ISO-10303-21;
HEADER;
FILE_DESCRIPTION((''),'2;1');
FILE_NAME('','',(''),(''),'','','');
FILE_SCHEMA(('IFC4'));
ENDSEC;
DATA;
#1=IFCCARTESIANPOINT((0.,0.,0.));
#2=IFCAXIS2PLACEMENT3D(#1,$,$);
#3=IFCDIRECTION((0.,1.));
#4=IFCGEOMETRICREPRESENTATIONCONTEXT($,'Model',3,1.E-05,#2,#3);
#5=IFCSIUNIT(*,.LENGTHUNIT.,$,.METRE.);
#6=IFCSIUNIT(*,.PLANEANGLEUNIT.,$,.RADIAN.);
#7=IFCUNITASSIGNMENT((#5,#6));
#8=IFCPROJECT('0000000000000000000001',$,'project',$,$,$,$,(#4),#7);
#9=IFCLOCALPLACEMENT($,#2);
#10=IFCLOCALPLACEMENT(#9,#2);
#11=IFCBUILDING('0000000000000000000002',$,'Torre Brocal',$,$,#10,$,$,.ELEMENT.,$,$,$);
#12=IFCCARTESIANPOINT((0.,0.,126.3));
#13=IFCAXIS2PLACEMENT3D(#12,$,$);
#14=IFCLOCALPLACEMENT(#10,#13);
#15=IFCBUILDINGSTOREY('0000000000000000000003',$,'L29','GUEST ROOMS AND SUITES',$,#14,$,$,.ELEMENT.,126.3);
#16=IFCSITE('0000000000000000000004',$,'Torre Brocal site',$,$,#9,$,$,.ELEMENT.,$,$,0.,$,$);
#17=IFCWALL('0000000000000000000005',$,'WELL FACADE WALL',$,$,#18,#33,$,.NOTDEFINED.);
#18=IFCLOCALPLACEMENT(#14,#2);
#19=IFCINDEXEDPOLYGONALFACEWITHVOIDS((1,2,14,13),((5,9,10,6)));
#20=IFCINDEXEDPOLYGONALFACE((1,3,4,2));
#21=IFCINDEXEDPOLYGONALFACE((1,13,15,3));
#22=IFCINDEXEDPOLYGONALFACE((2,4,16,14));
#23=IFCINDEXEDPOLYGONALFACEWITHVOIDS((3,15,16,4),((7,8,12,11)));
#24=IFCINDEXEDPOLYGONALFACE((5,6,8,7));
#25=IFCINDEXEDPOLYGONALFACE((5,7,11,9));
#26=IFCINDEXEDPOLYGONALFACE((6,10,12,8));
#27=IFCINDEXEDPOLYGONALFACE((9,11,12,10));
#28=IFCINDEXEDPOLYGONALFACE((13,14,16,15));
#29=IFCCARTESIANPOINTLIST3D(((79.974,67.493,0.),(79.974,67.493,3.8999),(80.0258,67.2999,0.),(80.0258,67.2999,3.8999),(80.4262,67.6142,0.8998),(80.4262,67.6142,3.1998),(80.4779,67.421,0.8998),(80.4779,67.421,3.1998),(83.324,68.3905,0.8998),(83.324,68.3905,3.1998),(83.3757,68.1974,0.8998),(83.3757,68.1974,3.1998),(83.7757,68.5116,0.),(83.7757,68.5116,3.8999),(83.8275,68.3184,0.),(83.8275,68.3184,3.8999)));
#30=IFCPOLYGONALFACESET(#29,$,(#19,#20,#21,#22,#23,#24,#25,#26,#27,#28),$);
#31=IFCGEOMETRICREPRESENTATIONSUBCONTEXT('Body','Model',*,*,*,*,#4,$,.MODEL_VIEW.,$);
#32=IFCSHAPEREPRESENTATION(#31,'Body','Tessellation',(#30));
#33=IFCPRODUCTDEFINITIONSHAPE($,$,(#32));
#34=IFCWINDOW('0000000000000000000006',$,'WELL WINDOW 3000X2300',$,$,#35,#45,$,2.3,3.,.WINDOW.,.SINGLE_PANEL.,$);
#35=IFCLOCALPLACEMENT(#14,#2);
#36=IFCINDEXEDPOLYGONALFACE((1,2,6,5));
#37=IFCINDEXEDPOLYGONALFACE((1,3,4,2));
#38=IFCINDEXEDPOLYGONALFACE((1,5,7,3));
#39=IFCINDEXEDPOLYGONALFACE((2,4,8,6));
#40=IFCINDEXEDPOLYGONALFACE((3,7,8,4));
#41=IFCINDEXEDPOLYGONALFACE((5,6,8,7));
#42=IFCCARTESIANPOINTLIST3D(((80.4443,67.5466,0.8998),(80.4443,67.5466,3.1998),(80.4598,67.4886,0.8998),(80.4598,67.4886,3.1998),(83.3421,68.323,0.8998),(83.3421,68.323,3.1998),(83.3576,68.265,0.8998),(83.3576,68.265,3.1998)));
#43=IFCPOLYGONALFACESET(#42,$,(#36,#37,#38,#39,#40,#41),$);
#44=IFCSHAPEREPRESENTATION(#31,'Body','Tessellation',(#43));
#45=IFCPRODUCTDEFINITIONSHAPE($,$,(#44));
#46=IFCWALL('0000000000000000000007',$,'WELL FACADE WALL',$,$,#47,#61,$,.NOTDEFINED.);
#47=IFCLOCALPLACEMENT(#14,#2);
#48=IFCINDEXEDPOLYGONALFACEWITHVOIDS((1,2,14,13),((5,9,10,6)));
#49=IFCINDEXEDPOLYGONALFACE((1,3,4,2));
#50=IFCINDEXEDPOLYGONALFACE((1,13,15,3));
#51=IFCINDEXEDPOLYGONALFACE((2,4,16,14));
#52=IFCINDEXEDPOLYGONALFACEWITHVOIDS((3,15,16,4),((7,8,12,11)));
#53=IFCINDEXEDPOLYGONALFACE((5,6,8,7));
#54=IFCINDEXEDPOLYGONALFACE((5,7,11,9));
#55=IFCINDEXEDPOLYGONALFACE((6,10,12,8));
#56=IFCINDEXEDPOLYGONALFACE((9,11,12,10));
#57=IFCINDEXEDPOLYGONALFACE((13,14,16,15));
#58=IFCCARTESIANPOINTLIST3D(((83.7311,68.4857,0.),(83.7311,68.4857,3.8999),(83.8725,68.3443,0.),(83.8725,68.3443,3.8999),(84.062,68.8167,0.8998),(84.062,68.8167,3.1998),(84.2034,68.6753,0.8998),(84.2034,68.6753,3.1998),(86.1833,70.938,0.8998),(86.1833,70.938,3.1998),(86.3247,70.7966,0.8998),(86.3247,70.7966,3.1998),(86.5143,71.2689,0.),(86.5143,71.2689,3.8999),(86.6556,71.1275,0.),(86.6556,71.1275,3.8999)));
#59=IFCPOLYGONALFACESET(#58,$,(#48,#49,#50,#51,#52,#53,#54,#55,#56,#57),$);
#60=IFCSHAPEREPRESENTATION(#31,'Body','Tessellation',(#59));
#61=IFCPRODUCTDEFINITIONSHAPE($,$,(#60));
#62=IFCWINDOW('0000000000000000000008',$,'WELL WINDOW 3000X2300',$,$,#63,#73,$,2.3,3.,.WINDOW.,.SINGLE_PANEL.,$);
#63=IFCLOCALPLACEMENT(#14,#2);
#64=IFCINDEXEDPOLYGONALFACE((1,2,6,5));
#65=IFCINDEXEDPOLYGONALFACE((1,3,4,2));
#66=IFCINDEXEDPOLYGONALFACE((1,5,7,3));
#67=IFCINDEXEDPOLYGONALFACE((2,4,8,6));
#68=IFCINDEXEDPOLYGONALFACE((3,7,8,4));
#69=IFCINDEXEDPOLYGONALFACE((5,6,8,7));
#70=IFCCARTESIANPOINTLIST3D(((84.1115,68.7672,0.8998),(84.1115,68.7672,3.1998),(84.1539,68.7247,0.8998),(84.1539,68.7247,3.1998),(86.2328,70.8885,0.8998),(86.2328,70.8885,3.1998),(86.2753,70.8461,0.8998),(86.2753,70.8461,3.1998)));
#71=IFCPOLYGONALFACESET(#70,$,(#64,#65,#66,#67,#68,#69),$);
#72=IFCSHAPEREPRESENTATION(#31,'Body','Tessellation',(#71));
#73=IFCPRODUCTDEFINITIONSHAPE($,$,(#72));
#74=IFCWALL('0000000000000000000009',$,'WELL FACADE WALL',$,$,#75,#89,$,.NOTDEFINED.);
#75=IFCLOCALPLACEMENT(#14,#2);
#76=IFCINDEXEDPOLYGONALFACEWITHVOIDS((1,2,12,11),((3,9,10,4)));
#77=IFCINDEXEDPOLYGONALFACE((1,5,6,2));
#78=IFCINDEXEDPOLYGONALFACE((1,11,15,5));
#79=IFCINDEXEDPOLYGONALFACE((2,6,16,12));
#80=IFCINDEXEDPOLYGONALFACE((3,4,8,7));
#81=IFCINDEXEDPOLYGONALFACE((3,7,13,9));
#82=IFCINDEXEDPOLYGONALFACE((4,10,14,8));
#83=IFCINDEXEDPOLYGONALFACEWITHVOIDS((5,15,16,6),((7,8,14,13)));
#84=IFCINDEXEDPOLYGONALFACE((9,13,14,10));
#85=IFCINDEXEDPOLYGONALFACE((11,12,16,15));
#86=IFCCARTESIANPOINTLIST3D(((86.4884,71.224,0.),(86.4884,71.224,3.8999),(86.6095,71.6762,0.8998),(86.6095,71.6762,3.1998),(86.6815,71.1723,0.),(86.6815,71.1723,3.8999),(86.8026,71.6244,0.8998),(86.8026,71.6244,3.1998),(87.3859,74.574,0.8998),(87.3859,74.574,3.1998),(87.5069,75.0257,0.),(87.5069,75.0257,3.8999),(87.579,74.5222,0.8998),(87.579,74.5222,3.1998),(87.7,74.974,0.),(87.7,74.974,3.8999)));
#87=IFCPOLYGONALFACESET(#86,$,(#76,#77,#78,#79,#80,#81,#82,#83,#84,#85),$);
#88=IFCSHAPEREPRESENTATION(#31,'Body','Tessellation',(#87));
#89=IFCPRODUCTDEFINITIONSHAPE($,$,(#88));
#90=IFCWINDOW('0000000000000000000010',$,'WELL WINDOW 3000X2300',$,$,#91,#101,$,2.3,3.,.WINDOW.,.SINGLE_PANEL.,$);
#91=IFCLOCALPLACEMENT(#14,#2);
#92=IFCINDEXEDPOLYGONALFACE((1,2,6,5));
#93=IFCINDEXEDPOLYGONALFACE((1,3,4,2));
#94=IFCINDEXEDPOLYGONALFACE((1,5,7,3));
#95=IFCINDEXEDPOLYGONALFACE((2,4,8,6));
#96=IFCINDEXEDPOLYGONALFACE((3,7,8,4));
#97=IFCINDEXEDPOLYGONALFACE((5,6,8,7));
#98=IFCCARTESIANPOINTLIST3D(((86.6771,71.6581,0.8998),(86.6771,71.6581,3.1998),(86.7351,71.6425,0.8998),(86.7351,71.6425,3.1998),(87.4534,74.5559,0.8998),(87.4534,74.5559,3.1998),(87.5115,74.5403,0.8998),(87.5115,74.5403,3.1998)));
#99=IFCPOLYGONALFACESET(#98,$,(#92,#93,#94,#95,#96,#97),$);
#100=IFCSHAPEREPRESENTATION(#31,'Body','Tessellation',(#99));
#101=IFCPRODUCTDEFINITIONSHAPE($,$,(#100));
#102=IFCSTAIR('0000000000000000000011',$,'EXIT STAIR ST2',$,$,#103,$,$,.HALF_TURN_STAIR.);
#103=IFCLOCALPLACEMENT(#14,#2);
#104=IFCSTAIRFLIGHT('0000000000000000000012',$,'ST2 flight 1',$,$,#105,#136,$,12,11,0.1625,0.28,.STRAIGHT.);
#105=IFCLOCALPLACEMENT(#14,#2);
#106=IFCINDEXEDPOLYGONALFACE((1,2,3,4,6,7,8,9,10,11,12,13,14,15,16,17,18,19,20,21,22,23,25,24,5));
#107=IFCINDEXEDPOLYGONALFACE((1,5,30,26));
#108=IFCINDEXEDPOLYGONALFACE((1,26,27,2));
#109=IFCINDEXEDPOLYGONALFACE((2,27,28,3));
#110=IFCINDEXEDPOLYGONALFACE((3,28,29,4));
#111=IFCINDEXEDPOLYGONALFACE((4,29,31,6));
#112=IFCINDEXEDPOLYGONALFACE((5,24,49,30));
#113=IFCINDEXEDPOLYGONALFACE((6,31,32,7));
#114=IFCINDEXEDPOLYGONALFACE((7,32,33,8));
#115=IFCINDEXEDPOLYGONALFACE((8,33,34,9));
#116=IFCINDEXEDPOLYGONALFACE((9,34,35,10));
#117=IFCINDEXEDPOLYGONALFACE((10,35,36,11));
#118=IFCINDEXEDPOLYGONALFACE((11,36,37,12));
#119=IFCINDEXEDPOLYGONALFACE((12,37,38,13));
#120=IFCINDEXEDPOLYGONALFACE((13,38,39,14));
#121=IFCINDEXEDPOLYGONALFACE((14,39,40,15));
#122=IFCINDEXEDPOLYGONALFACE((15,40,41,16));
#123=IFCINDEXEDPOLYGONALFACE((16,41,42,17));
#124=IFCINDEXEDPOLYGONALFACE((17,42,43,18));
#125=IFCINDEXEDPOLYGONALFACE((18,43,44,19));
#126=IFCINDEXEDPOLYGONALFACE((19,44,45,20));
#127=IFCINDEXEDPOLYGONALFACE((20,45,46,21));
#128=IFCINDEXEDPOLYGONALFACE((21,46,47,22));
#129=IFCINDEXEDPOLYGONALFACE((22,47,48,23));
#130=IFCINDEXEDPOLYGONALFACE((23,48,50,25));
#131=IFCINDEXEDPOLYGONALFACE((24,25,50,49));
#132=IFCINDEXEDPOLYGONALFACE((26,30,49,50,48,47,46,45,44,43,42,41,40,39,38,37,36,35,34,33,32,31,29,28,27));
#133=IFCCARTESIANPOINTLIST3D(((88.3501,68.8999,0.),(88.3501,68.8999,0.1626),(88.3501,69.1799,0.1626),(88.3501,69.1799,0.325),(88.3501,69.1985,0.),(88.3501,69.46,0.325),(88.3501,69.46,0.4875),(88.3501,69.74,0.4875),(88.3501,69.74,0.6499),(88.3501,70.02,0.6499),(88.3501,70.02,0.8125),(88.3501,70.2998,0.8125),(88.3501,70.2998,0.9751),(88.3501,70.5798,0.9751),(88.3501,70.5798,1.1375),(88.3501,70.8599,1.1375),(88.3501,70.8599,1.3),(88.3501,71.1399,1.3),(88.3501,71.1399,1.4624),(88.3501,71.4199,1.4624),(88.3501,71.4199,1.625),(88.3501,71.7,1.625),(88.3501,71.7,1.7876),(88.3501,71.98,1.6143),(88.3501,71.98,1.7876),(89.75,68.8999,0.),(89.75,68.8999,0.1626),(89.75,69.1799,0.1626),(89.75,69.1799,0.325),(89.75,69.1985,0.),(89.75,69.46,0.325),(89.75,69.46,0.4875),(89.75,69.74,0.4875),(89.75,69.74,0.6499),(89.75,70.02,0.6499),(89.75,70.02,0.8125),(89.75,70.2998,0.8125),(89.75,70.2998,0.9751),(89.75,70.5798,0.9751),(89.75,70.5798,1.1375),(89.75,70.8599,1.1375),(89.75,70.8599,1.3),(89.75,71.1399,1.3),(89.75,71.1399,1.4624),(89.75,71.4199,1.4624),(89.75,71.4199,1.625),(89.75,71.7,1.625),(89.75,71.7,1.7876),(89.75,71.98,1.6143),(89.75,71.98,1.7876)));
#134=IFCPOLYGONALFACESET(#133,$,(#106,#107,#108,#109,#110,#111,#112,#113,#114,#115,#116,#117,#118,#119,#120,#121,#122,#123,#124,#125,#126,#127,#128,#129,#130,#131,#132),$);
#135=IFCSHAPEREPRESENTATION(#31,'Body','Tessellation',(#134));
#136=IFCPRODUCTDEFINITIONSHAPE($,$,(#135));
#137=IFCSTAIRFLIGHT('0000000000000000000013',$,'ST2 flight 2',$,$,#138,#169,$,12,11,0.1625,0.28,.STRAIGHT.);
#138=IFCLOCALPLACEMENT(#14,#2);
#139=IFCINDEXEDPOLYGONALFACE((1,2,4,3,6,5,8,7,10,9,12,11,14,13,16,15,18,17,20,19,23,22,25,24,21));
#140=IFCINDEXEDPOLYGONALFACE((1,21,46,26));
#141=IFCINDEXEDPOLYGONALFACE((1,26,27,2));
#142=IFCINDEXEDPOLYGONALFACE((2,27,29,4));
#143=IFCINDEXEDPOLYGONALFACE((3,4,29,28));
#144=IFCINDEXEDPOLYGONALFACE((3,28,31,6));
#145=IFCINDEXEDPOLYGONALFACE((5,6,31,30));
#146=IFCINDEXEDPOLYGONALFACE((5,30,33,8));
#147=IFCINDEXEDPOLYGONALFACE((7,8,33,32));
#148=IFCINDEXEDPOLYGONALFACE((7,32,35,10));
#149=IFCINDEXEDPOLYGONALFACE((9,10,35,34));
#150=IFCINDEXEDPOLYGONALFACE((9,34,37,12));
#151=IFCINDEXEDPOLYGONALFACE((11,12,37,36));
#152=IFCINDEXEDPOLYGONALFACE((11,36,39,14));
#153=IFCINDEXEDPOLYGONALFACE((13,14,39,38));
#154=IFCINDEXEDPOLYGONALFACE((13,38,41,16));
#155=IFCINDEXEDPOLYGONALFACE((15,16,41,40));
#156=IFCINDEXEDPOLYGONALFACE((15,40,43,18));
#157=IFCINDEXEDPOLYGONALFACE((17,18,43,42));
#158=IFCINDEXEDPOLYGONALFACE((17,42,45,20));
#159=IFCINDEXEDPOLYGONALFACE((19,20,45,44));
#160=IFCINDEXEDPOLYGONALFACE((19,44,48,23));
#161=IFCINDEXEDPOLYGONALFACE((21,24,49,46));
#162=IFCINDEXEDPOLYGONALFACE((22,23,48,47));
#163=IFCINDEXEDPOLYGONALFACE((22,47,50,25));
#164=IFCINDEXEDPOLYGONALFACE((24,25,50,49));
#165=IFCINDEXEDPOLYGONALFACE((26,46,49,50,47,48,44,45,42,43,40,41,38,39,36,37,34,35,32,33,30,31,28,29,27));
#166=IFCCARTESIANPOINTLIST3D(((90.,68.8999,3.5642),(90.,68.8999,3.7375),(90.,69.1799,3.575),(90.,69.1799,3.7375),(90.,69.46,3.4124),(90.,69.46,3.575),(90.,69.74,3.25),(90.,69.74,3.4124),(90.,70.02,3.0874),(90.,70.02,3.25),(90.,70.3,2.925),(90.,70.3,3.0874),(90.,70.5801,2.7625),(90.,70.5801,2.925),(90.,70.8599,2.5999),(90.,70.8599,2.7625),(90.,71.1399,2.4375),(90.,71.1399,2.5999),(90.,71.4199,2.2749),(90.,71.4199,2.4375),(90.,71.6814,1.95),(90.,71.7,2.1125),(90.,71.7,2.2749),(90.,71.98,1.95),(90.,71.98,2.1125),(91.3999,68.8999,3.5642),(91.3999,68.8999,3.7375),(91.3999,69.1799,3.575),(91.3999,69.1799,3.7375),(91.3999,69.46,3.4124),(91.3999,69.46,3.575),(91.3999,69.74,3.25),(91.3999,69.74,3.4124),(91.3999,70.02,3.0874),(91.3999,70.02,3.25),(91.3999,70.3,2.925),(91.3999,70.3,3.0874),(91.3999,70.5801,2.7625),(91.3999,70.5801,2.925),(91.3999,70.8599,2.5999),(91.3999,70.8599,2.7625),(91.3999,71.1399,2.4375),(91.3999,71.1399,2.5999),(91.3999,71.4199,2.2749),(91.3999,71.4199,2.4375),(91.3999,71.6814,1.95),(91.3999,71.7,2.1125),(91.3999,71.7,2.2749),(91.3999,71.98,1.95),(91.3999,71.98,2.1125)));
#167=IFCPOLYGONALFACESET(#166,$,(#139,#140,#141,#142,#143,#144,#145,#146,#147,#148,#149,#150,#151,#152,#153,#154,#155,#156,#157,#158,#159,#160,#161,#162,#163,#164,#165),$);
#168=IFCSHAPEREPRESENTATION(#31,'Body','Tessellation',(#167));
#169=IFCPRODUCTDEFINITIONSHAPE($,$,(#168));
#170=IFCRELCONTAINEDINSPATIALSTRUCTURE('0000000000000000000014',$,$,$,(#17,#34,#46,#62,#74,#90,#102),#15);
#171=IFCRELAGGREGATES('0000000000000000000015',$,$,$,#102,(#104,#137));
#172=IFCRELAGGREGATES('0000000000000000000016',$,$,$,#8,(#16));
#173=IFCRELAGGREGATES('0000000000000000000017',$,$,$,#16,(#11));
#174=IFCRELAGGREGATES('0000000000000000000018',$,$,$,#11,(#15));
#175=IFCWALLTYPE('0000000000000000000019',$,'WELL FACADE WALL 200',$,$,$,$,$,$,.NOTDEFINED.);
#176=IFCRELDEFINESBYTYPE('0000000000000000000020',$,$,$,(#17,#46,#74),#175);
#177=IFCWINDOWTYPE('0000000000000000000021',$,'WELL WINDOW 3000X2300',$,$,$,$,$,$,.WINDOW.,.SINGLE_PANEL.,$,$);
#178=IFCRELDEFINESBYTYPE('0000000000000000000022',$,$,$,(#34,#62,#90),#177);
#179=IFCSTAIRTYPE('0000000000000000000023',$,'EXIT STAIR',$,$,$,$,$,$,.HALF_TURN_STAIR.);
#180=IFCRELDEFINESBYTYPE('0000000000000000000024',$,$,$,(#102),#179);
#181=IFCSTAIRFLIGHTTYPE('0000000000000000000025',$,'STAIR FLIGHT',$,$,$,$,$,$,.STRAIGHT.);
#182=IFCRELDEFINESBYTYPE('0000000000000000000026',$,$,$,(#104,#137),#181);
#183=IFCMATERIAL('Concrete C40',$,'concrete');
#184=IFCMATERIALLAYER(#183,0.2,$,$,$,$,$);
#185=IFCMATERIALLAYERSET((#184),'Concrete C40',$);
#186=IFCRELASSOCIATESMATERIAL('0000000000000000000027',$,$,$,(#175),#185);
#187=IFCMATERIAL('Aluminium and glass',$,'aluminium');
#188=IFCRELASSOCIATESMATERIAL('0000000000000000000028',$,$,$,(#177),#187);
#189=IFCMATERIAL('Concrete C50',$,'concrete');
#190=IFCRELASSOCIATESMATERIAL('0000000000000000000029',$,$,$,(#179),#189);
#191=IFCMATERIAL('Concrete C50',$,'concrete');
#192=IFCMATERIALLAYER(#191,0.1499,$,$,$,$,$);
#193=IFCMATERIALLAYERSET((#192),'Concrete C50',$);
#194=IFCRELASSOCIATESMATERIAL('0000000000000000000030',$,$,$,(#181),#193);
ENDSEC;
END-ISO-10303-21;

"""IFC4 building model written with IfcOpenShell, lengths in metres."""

from ifc_helpers import new_model, si_unit, direction, frame, frame_2d, origin, place, context, subcontext, project, spatial, polyline, rectangle, outline, extrude, material, layer, layer_set, type_object, element, fill, aggregate, save


model = new_model("IFC4")

# Units and contexts
model_context = context("Model", 3, precision=1e-05, world=origin(), true_north=direction((0.0, 1.0)))
body_context = subcontext(model_context, "Body", "Model", "MODEL_VIEW")
ifc_project = project(units=[si_unit("LENGTHUNIT", "METRE"), si_unit("PLANEANGLEUNIT", "RADIAN")], contexts=[model_context])

# Site, building, storey
site_placement = place(None, origin())
site = spatial("IfcSite", under=ifc_project, at=site_placement, Name="Torre Brocal site", CompositionType="ELEMENT", RefElevation=0.0)
building_placement = place(site_placement, origin())
building = spatial("IfcBuilding", under=site, at=building_placement, Name="Torre Brocal", CompositionType="ELEMENT")
storey_placement = place(building_placement, frame((0.0, 0.0, 126.3)))
storey = spatial("IfcBuildingStorey", under=building, at=storey_placement, Name="L29", Description="GUEST ROOMS AND SUITES", CompositionType="ELEMENT", Elevation=126.3)

# Walls, openings, windows
ifc_material_1 = material(Name="Concrete C40", Category="concrete")
ifc_layer_1 = layer(ifc_material_1, 0.2)
ifc_layer_set_1 = layer_set([ifc_layer_1], Name="Concrete C40")
wall_type_1 = type_object("IfcWallType", Name="WELL FACADE WALL 200", PredefinedType="NOTDEFINED", material=ifc_layer_set_1)
ifc_material_2 = material(Name="Aluminium and glass", Category="aluminium")
window_type = type_object("IfcWindowType", Name="WELL WINDOW 3000X2300", PartitioningType="SINGLE_PANEL", PredefinedType="WINDOW", material=ifc_material_2)
wall_1_placement = place(storey_placement, frame((80.0, 67.3965, 0.0), z_axis=(0.0, 0.0, 1.0), x_axis=(0.965934, 0.25879, 0.0)))
wall_1 = element("IfcWall", 1, at=wall_1_placement, inside=storey, type_object=wall_type_1, Name="WELL FACADE WALL", PredefinedType="NOTDEFINED", context=body_context, shape_type="SweptSolid", body=[
    extrude(rectangle(XDim=3.9358, YDim=0.2, at=frame_2d((1.9678, 0.0))), origin(), (0.0, 0.0, 1.0), 3.8999),
])
opening_1_placement = place(wall_1_placement, frame((0.468, 0.0, 0.8999)))
opening_1 = element("IfcOpeningElement", 2, at=opening_1_placement, cuts=wall_1, PredefinedType="OPENING", context=body_context, shape_type="SweptSolid", body=[
    extrude(rectangle(XDim=3.0, YDim=2.3, at=frame_2d((1.5, 1.1499))), frame((0.0, 0.1099, 0.0), z_axis=(0.0, -1.0, 0.0), x_axis=(1.0, 0.0, 0.0)), (0.0, 0.0, 1.0), 0.22),
])
window_1_placement = place(opening_1_placement, origin())
window_1 = element("IfcWindow", 3, at=window_1_placement, inside=storey, type_object=window_type, Name="WELL WINDOW 3000X2300", OverallHeight=2.3, OverallWidth=3.0, PartitioningType="SINGLE_PANEL", PredefinedType="WINDOW", context=body_context, shape_type="SweptSolid", body=[
    extrude(rectangle(XDim=3.0, YDim=2.3, at=frame_2d((1.5, 1.1499))), frame((0.0, 0.03, 0.0), z_axis=(0.0, -1.0, 0.0), x_axis=(1.0, 0.0, 0.0)), (0.0, 0.0, 1.0), 0.0601),
])
fill(opening_1, window_1)
wall_2_placement = place(storey_placement, frame((83.8018, 68.415, 0.0), z_axis=(0.0, 0.0, 1.0), x_axis=(0.707107, 0.707107, 0.0)))
wall_2 = element("IfcWall", 4, at=wall_2_placement, inside=storey, type_object=wall_type_1, Name="WELL FACADE WALL", PredefinedType="NOTDEFINED", context=body_context, shape_type="SweptSolid", body=[
    extrude(rectangle(XDim=3.936, YDim=0.2, at=frame_2d((1.968, 0.0))), origin(), (0.0, 0.0, 1.0), 3.8999),
])
opening_2_placement = place(wall_2_placement, frame((0.468, 0.0, 0.8999)))
opening_2 = element("IfcOpeningElement", 5, at=opening_2_placement, cuts=wall_2, PredefinedType="OPENING", context=body_context, shape_type="SweptSolid", body=[
    extrude(rectangle(XDim=3.0, YDim=2.3, at=frame_2d((1.5, 1.1499))), frame((0.0, 0.1099, 0.0), z_axis=(0.0, -1.0, 0.0), x_axis=(1.0, 0.0, 0.0)), (0.0, 0.0, 1.0), 0.22),
])
window_2_placement = place(opening_2_placement, origin())
window_2 = element("IfcWindow", 6, at=window_2_placement, inside=storey, type_object=window_type, Name="WELL WINDOW 3000X2300", OverallHeight=2.3, OverallWidth=3.0, PartitioningType="SINGLE_PANEL", PredefinedType="WINDOW", context=body_context, shape_type="SweptSolid", body=[
    extrude(rectangle(XDim=3.0, YDim=2.3, at=frame_2d((1.5, 1.1499))), frame((0.0, 0.03, 0.0), z_axis=(0.0, -1.0, 0.0), x_axis=(1.0, 0.0, 0.0)), (0.0, 0.0, 1.0), 0.0601),
])
fill(opening_2, window_2)
wall_3_placement = place(storey_placement, frame((86.585, 71.1982, 0.0), z_axis=(0.0, 0.0, 1.0), x_axis=(0.25879, 0.965934, 0.0)))
wall_3 = element("IfcWall", 7, at=wall_3_placement, inside=storey, type_object=wall_type_1, Name="WELL FACADE WALL", PredefinedType="NOTDEFINED", context=body_context, shape_type="SweptSolid", body=[
    extrude(rectangle(XDim=3.9358, YDim=0.2, at=frame_2d((1.9678, 0.0))), origin(), (0.0, 0.0, 1.0), 3.8999),
])
opening_3_placement = place(wall_3_placement, frame((0.468, 0.0, 0.8999)))
opening_3 = element("IfcOpeningElement", 8, at=opening_3_placement, cuts=wall_3, PredefinedType="OPENING", context=body_context, shape_type="SweptSolid", body=[
    extrude(rectangle(XDim=3.0, YDim=2.3, at=frame_2d((1.5, 1.1499))), frame((0.0, 0.1099, 0.0), z_axis=(0.0, -1.0, 0.0), x_axis=(1.0, 0.0, 0.0)), (0.0, 0.0, 1.0), 0.22),
])
window_3_placement = place(opening_3_placement, origin())
window_3 = element("IfcWindow", 9, at=window_3_placement, inside=storey, type_object=window_type, Name="WELL WINDOW 3000X2300", OverallHeight=2.3, OverallWidth=3.0, PartitioningType="SINGLE_PANEL", PredefinedType="WINDOW", context=body_context, shape_type="SweptSolid", body=[
    extrude(rectangle(XDim=3.0, YDim=2.3, at=frame_2d((1.5, 1.1499))), frame((0.0, 0.03, 0.0), z_axis=(0.0, -1.0, 0.0), x_axis=(1.0, 0.0, 0.0)), (0.0, 0.0, 1.0), 0.0601),
])
fill(opening_3, window_3)

# Stair, stair flights
ifc_material_3 = material(Name="Concrete C50", Category="concrete")
stair_type = type_object("IfcStairType", Name="EXIT STAIR", PredefinedType="HALF_TURN_STAIR", material=ifc_material_3)
stair_placement = place(storey_placement, origin())
stair = element("IfcStair", 10, at=stair_placement, inside=storey, type_object=stair_type, Name="EXIT STAIR ST2", PredefinedType="HALF_TURN_STAIR")
ifc_material_4 = material(Name="Concrete C50", Category="concrete")
ifc_layer_2 = layer(ifc_material_4, 0.1499)
ifc_layer_set_2 = layer_set([ifc_layer_2], Name="Concrete C50")
stair_flight_type = type_object("IfcStairFlightType", Name="STAIR FLIGHT", PredefinedType="STRAIGHT", material=ifc_layer_set_2)
stair_flight_1_placement = place(storey_placement, frame((89.05, 68.8999, 0.0), z_axis=(0.0, 0.0, 1.0), x_axis=(0.0, 1.0, 0.0)))
stair_flight_1 = element("IfcStairFlight", 11, at=stair_flight_1_placement, type_object=stair_flight_type, Name="ST2 flight 1", NumberOfRisers=12, NumberOfTreads=11, PredefinedType="STRAIGHT", RiserHeight=0.1625, TreadLength=0.28, context=body_context, shape_type="SweptSolid", body=[
    extrude(outline(polyline([(0.0, 0.0), (0.0, 0.1626), (0.28, 0.1626), (0.28, 0.325), (0.5601, 0.325), (0.5601, 0.4875), (0.8401, 0.4875), (0.8401, 0.6499), (1.1201, 0.6499), (1.1201, 0.8125), (1.3999, 0.8125), (1.3999, 0.9751), (1.6799, 0.9751), (1.6799, 1.1375), (1.96, 1.1375), (1.96, 1.3), (2.24, 1.3), (2.24, 1.4624), (2.52, 1.4624), (2.52, 1.625), (2.8, 1.625), (2.8, 1.7876), (3.0801, 1.7876), (3.0801, 1.95), (3.0801, 1.6143), (0.2986, 0.0), (0.0, 0.0)])), frame((0.0, 0.7, 0.0), z_axis=(0.0, -1.0, 0.0), x_axis=(1.0, 0.0, 0.0)), (0.0, 0.0, 1.0), 1.3999),
])
stair_flight_2_placement = place(storey_placement, frame((90.7, 71.98, 1.95), z_axis=(0.0, 0.0, 1.0), x_axis=(0.0, -1.0, 0.0)))
stair_flight_2 = element("IfcStairFlight", 12, at=stair_flight_2_placement, type_object=stair_flight_type, Name="ST2 flight 2", NumberOfRisers=12, NumberOfTreads=11, PredefinedType="STRAIGHT", RiserHeight=0.1625, TreadLength=0.28, context=body_context, shape_type="SweptSolid", body=[
    extrude(outline(polyline([(0.0, 0.0), (0.0, 0.1626), (0.28, 0.1626), (0.28, 0.325), (0.5601, 0.325), (0.5601, 0.4875), (0.8401, 0.4875), (0.8401, 0.6499), (1.1201, 0.6499), (1.1201, 0.8125), (1.3999, 0.8125), (1.3999, 0.9751), (1.6799, 0.9751), (1.6799, 1.1375), (1.96, 1.1375), (1.96, 1.3), (2.24, 1.3), (2.24, 1.4624), (2.52, 1.4624), (2.52, 1.625), (2.8, 1.625), (2.8, 1.7876), (3.0801, 1.7876), (3.0801, 1.95), (3.0801, 1.6143), (0.2986, 0.0), (0.0, 0.0)])), frame((0.0, 0.7, 0.0), z_axis=(0.0, -1.0, 0.0), x_axis=(1.0, 0.0, 0.0)), (0.0, 0.0, 1.0), 1.3999),
])
aggregate(stair, [stair_flight_1, stair_flight_2])

save(model, "model.ifc")
